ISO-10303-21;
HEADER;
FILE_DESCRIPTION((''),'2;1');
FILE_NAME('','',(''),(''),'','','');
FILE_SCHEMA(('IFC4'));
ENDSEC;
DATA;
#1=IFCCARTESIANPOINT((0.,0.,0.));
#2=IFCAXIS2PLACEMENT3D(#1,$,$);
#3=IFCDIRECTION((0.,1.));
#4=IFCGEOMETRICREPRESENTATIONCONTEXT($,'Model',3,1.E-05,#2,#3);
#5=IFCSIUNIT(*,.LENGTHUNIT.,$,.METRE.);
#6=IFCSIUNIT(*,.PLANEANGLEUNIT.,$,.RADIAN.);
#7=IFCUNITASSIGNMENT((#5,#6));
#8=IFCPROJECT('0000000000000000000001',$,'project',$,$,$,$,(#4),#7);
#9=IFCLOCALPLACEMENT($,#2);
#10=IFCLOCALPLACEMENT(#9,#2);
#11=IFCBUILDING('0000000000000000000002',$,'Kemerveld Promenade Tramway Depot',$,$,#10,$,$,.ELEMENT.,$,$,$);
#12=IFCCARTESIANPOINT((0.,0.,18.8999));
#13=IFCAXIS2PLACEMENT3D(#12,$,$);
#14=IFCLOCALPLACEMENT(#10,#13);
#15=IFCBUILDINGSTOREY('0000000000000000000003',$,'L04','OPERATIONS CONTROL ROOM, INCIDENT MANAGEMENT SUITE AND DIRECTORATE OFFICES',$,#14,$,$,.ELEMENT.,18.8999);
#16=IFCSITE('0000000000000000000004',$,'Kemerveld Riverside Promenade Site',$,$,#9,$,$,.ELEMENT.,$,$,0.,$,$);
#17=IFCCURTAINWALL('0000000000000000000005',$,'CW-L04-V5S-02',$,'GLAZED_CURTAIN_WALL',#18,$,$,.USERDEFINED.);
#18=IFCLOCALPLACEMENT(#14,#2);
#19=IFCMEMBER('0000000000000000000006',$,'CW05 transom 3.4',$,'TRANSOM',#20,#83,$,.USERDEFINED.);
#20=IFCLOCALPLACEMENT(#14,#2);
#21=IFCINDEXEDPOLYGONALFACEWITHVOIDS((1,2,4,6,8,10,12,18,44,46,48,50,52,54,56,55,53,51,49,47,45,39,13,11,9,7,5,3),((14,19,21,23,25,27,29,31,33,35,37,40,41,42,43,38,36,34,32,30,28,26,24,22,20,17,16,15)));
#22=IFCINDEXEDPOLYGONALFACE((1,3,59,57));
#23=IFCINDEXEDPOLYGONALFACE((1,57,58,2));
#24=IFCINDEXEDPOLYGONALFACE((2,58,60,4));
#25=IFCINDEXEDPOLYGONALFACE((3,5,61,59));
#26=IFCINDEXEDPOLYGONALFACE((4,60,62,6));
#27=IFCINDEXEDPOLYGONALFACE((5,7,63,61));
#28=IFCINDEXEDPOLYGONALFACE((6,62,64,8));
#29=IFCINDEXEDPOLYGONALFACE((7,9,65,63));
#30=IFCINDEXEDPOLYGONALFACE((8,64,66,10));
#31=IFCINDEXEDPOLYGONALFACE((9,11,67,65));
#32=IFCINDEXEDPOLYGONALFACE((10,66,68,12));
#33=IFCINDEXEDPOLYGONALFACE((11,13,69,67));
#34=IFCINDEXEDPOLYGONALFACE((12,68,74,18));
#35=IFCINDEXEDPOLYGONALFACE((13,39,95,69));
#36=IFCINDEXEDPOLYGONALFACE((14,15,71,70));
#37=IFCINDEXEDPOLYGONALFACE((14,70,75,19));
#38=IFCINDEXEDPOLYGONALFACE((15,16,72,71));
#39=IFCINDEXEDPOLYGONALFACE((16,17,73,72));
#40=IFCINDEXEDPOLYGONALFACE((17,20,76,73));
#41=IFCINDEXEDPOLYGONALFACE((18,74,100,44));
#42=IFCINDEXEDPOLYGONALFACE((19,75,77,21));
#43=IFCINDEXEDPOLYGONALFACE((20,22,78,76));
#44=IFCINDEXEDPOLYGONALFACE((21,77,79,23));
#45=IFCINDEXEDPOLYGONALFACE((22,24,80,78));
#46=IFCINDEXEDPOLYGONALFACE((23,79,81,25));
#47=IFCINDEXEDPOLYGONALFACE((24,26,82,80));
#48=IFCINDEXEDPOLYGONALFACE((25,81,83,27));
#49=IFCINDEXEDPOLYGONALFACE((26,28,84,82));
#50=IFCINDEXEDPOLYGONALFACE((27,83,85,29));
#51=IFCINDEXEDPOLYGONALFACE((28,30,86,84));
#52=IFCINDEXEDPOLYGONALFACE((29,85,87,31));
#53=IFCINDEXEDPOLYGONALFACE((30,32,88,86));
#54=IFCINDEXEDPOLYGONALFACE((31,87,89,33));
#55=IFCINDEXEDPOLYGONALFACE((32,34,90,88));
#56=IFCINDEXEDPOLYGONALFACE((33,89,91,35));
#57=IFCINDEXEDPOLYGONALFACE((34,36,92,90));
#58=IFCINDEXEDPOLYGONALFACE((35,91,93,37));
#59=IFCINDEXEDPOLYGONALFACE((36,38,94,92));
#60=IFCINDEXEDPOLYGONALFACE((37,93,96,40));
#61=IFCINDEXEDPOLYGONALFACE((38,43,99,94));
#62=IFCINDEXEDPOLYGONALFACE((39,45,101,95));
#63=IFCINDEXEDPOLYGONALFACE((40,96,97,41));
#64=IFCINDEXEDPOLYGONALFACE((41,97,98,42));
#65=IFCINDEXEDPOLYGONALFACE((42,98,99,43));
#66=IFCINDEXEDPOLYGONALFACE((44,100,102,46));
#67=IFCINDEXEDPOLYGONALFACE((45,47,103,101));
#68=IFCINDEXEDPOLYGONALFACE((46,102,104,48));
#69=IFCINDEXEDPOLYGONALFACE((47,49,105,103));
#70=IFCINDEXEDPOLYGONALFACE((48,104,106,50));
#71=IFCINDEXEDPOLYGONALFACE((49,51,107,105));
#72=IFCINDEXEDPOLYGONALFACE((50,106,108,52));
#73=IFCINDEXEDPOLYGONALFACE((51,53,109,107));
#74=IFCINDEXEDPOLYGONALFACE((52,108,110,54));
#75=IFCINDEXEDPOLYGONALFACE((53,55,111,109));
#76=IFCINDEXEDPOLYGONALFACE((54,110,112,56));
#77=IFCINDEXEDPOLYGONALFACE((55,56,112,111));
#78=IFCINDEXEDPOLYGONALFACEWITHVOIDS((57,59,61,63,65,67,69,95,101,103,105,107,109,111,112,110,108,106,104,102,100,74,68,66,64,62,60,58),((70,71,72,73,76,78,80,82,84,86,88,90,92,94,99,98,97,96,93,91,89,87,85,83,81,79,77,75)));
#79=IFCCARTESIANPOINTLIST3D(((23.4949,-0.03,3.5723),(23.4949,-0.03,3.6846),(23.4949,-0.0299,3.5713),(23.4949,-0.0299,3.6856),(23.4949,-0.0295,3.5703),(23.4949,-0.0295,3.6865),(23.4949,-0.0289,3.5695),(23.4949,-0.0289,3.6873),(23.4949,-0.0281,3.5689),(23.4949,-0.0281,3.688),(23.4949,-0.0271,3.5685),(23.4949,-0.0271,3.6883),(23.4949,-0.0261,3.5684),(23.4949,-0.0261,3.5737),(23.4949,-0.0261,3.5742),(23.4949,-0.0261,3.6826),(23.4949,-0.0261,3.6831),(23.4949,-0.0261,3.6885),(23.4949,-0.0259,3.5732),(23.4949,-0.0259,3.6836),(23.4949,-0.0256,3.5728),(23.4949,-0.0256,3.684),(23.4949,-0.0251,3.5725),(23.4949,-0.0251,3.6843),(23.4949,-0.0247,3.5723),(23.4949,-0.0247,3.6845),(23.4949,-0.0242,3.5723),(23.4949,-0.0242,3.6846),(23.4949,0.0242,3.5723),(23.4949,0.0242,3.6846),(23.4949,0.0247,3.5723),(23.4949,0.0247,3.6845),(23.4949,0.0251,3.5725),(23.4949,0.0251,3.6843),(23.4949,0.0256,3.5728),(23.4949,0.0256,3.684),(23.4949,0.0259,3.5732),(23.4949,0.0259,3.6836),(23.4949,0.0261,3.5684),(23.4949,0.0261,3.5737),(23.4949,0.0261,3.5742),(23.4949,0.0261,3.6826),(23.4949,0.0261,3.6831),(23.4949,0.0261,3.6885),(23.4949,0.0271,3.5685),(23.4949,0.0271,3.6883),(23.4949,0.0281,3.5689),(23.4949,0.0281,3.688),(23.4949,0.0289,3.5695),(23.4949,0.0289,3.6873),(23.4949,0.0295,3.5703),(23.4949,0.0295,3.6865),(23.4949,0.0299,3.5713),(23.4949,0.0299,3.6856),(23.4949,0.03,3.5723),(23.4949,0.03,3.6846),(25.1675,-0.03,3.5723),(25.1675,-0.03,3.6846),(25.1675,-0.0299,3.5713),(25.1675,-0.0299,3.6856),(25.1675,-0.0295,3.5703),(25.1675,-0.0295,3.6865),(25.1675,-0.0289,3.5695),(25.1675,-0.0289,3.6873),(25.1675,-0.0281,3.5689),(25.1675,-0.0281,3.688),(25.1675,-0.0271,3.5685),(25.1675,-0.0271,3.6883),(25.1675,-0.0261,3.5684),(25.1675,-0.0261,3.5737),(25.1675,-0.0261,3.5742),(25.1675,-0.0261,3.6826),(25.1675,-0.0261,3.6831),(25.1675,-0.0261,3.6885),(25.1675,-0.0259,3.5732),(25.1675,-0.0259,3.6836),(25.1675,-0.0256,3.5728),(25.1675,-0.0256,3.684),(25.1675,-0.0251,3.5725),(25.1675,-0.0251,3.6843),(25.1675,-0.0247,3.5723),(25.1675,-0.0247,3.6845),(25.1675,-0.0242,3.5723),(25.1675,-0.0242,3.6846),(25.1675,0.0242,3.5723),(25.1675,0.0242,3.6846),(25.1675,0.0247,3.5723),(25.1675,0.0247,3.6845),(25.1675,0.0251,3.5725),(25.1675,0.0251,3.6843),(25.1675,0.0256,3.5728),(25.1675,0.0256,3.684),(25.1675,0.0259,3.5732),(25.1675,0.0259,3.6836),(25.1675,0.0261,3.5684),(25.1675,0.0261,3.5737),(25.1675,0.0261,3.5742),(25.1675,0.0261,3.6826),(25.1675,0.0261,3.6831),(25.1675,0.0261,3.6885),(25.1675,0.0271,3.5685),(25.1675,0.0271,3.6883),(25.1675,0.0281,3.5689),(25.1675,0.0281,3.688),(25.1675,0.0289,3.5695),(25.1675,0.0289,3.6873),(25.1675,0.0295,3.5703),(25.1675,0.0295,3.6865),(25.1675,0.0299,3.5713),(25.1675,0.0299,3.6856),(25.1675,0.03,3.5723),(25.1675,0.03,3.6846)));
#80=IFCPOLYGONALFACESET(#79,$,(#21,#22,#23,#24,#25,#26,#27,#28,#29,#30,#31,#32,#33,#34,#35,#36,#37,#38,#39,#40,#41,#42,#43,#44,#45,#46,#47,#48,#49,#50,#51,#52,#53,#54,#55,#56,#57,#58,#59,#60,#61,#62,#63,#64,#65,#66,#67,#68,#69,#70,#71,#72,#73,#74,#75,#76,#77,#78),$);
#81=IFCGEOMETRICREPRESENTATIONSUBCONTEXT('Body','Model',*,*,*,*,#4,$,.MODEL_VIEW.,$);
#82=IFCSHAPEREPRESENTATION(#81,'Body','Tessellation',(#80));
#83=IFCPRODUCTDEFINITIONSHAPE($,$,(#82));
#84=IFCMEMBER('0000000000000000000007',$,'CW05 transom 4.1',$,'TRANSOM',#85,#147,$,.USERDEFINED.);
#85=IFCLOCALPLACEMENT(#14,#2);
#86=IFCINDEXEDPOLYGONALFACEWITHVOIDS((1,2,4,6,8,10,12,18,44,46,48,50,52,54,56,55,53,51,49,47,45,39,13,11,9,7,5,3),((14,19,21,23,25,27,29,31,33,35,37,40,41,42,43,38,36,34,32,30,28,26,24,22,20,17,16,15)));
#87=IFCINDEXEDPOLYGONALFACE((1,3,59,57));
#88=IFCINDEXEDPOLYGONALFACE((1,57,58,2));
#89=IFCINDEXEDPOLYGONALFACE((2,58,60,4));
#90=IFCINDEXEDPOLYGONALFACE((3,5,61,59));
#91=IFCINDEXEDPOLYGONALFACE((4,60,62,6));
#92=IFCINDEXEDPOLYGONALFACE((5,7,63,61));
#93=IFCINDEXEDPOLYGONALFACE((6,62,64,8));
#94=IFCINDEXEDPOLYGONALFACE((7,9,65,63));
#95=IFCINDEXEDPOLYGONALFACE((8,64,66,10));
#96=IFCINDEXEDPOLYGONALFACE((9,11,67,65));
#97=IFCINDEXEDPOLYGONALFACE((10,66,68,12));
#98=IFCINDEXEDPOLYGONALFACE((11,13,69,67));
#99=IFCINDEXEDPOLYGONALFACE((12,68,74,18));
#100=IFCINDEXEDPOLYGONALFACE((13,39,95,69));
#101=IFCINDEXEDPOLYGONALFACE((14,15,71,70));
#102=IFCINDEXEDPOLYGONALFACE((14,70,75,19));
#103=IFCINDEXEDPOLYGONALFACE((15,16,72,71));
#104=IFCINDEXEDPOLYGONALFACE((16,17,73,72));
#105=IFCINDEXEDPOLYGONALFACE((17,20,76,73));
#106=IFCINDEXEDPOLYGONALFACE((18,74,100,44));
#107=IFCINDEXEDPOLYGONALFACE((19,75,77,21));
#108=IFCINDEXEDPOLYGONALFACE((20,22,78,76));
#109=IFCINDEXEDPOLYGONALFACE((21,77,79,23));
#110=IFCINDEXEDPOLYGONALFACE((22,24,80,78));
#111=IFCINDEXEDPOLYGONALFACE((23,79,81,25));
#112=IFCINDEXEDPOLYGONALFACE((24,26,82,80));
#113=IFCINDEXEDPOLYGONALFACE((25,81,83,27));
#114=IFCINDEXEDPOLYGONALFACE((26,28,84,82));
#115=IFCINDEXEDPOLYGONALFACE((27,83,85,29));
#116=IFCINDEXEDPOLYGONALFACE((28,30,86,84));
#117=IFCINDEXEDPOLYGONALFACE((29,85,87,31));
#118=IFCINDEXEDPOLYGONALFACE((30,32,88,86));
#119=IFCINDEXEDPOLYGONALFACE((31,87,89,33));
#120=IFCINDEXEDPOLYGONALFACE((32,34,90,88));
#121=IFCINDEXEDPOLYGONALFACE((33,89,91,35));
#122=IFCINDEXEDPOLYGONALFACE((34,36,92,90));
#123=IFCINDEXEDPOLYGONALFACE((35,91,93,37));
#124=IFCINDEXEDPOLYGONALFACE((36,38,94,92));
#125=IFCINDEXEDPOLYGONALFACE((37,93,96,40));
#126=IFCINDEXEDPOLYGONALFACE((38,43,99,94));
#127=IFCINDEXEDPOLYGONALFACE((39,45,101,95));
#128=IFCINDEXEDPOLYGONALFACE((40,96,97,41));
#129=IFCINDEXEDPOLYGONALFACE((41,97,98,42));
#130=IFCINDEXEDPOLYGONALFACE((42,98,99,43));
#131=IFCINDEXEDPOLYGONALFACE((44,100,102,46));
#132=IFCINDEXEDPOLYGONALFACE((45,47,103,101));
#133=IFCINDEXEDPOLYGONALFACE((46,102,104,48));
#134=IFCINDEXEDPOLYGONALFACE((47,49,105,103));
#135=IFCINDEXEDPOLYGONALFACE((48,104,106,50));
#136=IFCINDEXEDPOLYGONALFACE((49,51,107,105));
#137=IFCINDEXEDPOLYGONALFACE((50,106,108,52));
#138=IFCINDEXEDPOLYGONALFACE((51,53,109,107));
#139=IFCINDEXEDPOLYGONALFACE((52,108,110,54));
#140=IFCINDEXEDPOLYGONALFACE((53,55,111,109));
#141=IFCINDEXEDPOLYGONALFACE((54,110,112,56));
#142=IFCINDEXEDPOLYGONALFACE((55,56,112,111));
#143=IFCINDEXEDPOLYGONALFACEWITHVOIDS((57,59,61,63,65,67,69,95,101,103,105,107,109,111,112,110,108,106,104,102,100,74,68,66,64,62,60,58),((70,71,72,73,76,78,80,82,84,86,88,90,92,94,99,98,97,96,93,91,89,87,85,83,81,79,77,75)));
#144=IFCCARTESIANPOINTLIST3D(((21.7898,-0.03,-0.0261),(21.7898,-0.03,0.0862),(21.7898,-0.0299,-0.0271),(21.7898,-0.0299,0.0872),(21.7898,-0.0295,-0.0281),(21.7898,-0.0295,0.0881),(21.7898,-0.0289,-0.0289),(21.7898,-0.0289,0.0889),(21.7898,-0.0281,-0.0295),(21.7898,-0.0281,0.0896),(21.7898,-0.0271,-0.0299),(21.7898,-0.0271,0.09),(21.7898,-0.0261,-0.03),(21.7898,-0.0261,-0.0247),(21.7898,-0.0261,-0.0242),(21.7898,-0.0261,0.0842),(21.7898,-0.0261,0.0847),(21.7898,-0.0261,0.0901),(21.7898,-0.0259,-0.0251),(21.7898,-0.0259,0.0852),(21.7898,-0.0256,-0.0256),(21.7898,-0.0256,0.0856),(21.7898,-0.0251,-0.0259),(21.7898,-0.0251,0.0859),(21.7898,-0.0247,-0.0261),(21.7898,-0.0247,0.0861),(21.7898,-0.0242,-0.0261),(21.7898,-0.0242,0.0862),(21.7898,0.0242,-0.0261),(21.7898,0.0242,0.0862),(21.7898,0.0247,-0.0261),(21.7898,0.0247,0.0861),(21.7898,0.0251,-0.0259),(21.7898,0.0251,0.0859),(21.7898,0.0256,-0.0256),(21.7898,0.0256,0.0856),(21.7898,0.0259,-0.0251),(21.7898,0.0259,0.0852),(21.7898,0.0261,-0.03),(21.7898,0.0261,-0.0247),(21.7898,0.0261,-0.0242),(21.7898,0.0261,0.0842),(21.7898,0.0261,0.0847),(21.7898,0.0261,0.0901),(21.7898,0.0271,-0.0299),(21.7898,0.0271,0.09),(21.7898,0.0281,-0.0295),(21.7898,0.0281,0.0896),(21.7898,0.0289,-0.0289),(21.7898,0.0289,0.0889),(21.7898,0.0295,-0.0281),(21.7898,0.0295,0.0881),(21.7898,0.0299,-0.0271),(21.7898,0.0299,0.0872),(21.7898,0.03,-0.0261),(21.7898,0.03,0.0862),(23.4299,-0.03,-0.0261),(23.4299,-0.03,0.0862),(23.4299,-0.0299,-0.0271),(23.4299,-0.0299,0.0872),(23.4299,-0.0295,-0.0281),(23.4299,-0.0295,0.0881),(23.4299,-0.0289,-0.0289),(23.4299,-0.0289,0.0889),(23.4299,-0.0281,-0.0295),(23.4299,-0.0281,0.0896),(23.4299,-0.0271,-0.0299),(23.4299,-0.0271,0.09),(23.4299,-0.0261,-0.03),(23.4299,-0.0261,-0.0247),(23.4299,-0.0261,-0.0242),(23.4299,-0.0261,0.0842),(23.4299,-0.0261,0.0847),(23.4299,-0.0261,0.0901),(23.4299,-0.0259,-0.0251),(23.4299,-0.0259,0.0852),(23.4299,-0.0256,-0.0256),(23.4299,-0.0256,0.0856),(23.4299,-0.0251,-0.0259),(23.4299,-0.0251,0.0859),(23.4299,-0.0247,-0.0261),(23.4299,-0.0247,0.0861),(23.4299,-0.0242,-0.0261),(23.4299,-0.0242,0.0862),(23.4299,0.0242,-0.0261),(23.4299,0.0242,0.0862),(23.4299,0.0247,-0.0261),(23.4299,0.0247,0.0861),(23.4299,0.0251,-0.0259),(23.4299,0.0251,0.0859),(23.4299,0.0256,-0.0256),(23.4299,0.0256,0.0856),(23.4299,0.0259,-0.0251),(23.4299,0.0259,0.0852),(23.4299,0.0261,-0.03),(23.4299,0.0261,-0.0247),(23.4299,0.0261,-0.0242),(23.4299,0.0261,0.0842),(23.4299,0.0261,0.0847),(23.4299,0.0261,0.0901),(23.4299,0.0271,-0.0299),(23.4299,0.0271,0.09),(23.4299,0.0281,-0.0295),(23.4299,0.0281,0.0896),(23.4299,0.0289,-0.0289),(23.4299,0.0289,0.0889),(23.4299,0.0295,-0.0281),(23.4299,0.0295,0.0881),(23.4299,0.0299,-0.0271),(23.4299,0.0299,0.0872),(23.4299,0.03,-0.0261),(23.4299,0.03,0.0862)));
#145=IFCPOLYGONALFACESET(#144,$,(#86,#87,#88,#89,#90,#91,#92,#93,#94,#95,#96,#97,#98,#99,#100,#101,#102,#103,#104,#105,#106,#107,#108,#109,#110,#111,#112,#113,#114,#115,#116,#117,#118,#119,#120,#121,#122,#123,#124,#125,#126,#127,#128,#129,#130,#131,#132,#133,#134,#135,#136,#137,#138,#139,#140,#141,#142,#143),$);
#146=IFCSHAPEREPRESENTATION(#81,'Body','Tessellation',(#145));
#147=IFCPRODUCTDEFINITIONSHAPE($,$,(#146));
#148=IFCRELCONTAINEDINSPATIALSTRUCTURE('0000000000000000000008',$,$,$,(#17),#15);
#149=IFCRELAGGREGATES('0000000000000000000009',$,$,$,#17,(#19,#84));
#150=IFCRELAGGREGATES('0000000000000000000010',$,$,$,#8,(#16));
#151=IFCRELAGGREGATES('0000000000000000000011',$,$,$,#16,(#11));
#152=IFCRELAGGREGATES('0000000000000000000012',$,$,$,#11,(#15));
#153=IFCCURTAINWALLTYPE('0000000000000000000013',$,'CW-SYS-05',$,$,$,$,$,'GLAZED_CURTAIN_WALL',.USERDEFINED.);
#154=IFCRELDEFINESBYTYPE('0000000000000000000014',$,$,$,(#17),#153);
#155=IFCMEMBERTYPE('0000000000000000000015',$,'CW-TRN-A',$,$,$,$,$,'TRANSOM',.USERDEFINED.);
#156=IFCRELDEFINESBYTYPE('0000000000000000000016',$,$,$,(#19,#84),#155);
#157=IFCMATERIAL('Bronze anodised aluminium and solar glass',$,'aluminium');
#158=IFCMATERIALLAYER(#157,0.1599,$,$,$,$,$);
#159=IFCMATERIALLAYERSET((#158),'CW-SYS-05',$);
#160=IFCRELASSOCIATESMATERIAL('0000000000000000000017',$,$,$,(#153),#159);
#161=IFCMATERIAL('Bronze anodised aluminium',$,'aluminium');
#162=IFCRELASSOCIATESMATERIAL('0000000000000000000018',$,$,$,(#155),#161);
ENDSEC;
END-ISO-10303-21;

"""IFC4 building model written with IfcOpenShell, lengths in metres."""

from ifc_helpers import new_model, si_unit, direction, frame, origin, origin_2d, place, context, subcontext, project, spatial, hollow_rectangle, extrude, material, layer, layer_set, material_profile, profile_set, type_object, element, aggregate, save


model = new_model("IFC4")

# Units and contexts
model_context = context("Model", 3, precision=1e-05, world=origin(), true_north=direction((0.0, 1.0)))
body_context = subcontext(model_context, "Body", "Model", "MODEL_VIEW")
ifc_project = project(units=[si_unit("LENGTHUNIT", "METRE"), si_unit("PLANEANGLEUNIT", "RADIAN")], contexts=[model_context])

# Site, building, storey
site_placement = place(None, origin())
site = spatial("IfcSite", under=ifc_project, at=site_placement, Name="Kemerveld Riverside Promenade Site", CompositionType="ELEMENT", RefElevation=0.0)
building_placement = place(site_placement, origin())
building = spatial("IfcBuilding", under=site, at=building_placement, Name="Kemerveld Promenade Tramway Depot", CompositionType="ELEMENT")
storey_placement = place(building_placement, frame((0.0, 0.0, 18.8999)))
storey = spatial("IfcBuildingStorey", under=building, at=storey_placement, Name="L04", Description="OPERATIONS CONTROL ROOM, INCIDENT MANAGEMENT SUITE AND DIRECTORATE OFFICES", CompositionType="ELEMENT", Elevation=18.8999)

# Curtain wall, members
ifc_material_1 = material(Name="Bronze anodised aluminium and solar glass", Category="aluminium")
ifc_layer_1 = layer(ifc_material_1, 0.1599)
ifc_layer_set_1 = layer_set([ifc_layer_1], Name="CW-SYS-05")
curtain_wall_type = type_object("IfcCurtainWallType", Name="CW-SYS-05", ElementType="GLAZED_CURTAIN_WALL", PredefinedType="USERDEFINED", material=ifc_layer_set_1)
curtain_wall_placement = place(storey_placement, origin())
curtain_wall = element("IfcCurtainWall", 1, at=curtain_wall_placement, inside=storey, type_object=curtain_wall_type, Name="CW-L04-V5S-02", ObjectType="GLAZED_CURTAIN_WALL", PredefinedType="USERDEFINED")
ifc_material_2 = material(Name="Bronze anodised aluminium", Category="aluminium")
ifc_material_profile_1 = material_profile(ifc_material_2, hollow_rectangle(XDim=0.0601, YDim=0.1201, WallThickness=0.0039, InnerFilletRadius=0.002, OuterFilletRadius=0.0039, at=origin_2d()), Name="CW-TRN-120x60")
ifc_profile_set_1 = profile_set([ifc_material_profile_1], Name="Bronze anodised aluminium")
member_type_1 = type_object("IfcMemberType", Name="CW-TRN-A", ElementType="TRANSOM", PredefinedType="USERDEFINED", material=ifc_profile_set_1)
member_1_placement = place(storey_placement, frame((25.1675, 0.0, 3.6284), z_axis=(-1.0, 0.0, 0.0), x_axis=(0.0, -1.0, 0.0)))
member_1 = element("IfcMember", 2, at=member_1_placement, type_object=member_type_1, Name="CW05 transom 3.4", ObjectType="TRANSOM", PredefinedType="USERDEFINED", context=body_context, shape_type="SweptSolid", body=[
    extrude(hollow_rectangle(XDim=0.0601, YDim=0.1201, WallThickness=0.0039, InnerFilletRadius=0.002, OuterFilletRadius=0.0039, at=origin_2d()), origin(), (0.0, 0.0, 1.0), 1.6726),
])
member_2_placement = place(storey_placement, frame((23.4299, 0.0, 0.03), z_axis=(-1.0, 0.0, 0.0), x_axis=(0.0, -1.0, 0.0)))
member_2 = element("IfcMember", 3, at=member_2_placement, type_object=member_type_1, Name="CW05 transom 4.1", ObjectType="TRANSOM", PredefinedType="USERDEFINED", context=body_context, shape_type="SweptSolid", body=[
    extrude(hollow_rectangle(XDim=0.0601, YDim=0.1201, WallThickness=0.0039, InnerFilletRadius=0.002, OuterFilletRadius=0.0039, at=origin_2d()), origin(), (0.0, 0.0, 1.0), 1.6401),
])
aggregate(curtain_wall, [member_1, member_2])

save(model, "model.ifc")
